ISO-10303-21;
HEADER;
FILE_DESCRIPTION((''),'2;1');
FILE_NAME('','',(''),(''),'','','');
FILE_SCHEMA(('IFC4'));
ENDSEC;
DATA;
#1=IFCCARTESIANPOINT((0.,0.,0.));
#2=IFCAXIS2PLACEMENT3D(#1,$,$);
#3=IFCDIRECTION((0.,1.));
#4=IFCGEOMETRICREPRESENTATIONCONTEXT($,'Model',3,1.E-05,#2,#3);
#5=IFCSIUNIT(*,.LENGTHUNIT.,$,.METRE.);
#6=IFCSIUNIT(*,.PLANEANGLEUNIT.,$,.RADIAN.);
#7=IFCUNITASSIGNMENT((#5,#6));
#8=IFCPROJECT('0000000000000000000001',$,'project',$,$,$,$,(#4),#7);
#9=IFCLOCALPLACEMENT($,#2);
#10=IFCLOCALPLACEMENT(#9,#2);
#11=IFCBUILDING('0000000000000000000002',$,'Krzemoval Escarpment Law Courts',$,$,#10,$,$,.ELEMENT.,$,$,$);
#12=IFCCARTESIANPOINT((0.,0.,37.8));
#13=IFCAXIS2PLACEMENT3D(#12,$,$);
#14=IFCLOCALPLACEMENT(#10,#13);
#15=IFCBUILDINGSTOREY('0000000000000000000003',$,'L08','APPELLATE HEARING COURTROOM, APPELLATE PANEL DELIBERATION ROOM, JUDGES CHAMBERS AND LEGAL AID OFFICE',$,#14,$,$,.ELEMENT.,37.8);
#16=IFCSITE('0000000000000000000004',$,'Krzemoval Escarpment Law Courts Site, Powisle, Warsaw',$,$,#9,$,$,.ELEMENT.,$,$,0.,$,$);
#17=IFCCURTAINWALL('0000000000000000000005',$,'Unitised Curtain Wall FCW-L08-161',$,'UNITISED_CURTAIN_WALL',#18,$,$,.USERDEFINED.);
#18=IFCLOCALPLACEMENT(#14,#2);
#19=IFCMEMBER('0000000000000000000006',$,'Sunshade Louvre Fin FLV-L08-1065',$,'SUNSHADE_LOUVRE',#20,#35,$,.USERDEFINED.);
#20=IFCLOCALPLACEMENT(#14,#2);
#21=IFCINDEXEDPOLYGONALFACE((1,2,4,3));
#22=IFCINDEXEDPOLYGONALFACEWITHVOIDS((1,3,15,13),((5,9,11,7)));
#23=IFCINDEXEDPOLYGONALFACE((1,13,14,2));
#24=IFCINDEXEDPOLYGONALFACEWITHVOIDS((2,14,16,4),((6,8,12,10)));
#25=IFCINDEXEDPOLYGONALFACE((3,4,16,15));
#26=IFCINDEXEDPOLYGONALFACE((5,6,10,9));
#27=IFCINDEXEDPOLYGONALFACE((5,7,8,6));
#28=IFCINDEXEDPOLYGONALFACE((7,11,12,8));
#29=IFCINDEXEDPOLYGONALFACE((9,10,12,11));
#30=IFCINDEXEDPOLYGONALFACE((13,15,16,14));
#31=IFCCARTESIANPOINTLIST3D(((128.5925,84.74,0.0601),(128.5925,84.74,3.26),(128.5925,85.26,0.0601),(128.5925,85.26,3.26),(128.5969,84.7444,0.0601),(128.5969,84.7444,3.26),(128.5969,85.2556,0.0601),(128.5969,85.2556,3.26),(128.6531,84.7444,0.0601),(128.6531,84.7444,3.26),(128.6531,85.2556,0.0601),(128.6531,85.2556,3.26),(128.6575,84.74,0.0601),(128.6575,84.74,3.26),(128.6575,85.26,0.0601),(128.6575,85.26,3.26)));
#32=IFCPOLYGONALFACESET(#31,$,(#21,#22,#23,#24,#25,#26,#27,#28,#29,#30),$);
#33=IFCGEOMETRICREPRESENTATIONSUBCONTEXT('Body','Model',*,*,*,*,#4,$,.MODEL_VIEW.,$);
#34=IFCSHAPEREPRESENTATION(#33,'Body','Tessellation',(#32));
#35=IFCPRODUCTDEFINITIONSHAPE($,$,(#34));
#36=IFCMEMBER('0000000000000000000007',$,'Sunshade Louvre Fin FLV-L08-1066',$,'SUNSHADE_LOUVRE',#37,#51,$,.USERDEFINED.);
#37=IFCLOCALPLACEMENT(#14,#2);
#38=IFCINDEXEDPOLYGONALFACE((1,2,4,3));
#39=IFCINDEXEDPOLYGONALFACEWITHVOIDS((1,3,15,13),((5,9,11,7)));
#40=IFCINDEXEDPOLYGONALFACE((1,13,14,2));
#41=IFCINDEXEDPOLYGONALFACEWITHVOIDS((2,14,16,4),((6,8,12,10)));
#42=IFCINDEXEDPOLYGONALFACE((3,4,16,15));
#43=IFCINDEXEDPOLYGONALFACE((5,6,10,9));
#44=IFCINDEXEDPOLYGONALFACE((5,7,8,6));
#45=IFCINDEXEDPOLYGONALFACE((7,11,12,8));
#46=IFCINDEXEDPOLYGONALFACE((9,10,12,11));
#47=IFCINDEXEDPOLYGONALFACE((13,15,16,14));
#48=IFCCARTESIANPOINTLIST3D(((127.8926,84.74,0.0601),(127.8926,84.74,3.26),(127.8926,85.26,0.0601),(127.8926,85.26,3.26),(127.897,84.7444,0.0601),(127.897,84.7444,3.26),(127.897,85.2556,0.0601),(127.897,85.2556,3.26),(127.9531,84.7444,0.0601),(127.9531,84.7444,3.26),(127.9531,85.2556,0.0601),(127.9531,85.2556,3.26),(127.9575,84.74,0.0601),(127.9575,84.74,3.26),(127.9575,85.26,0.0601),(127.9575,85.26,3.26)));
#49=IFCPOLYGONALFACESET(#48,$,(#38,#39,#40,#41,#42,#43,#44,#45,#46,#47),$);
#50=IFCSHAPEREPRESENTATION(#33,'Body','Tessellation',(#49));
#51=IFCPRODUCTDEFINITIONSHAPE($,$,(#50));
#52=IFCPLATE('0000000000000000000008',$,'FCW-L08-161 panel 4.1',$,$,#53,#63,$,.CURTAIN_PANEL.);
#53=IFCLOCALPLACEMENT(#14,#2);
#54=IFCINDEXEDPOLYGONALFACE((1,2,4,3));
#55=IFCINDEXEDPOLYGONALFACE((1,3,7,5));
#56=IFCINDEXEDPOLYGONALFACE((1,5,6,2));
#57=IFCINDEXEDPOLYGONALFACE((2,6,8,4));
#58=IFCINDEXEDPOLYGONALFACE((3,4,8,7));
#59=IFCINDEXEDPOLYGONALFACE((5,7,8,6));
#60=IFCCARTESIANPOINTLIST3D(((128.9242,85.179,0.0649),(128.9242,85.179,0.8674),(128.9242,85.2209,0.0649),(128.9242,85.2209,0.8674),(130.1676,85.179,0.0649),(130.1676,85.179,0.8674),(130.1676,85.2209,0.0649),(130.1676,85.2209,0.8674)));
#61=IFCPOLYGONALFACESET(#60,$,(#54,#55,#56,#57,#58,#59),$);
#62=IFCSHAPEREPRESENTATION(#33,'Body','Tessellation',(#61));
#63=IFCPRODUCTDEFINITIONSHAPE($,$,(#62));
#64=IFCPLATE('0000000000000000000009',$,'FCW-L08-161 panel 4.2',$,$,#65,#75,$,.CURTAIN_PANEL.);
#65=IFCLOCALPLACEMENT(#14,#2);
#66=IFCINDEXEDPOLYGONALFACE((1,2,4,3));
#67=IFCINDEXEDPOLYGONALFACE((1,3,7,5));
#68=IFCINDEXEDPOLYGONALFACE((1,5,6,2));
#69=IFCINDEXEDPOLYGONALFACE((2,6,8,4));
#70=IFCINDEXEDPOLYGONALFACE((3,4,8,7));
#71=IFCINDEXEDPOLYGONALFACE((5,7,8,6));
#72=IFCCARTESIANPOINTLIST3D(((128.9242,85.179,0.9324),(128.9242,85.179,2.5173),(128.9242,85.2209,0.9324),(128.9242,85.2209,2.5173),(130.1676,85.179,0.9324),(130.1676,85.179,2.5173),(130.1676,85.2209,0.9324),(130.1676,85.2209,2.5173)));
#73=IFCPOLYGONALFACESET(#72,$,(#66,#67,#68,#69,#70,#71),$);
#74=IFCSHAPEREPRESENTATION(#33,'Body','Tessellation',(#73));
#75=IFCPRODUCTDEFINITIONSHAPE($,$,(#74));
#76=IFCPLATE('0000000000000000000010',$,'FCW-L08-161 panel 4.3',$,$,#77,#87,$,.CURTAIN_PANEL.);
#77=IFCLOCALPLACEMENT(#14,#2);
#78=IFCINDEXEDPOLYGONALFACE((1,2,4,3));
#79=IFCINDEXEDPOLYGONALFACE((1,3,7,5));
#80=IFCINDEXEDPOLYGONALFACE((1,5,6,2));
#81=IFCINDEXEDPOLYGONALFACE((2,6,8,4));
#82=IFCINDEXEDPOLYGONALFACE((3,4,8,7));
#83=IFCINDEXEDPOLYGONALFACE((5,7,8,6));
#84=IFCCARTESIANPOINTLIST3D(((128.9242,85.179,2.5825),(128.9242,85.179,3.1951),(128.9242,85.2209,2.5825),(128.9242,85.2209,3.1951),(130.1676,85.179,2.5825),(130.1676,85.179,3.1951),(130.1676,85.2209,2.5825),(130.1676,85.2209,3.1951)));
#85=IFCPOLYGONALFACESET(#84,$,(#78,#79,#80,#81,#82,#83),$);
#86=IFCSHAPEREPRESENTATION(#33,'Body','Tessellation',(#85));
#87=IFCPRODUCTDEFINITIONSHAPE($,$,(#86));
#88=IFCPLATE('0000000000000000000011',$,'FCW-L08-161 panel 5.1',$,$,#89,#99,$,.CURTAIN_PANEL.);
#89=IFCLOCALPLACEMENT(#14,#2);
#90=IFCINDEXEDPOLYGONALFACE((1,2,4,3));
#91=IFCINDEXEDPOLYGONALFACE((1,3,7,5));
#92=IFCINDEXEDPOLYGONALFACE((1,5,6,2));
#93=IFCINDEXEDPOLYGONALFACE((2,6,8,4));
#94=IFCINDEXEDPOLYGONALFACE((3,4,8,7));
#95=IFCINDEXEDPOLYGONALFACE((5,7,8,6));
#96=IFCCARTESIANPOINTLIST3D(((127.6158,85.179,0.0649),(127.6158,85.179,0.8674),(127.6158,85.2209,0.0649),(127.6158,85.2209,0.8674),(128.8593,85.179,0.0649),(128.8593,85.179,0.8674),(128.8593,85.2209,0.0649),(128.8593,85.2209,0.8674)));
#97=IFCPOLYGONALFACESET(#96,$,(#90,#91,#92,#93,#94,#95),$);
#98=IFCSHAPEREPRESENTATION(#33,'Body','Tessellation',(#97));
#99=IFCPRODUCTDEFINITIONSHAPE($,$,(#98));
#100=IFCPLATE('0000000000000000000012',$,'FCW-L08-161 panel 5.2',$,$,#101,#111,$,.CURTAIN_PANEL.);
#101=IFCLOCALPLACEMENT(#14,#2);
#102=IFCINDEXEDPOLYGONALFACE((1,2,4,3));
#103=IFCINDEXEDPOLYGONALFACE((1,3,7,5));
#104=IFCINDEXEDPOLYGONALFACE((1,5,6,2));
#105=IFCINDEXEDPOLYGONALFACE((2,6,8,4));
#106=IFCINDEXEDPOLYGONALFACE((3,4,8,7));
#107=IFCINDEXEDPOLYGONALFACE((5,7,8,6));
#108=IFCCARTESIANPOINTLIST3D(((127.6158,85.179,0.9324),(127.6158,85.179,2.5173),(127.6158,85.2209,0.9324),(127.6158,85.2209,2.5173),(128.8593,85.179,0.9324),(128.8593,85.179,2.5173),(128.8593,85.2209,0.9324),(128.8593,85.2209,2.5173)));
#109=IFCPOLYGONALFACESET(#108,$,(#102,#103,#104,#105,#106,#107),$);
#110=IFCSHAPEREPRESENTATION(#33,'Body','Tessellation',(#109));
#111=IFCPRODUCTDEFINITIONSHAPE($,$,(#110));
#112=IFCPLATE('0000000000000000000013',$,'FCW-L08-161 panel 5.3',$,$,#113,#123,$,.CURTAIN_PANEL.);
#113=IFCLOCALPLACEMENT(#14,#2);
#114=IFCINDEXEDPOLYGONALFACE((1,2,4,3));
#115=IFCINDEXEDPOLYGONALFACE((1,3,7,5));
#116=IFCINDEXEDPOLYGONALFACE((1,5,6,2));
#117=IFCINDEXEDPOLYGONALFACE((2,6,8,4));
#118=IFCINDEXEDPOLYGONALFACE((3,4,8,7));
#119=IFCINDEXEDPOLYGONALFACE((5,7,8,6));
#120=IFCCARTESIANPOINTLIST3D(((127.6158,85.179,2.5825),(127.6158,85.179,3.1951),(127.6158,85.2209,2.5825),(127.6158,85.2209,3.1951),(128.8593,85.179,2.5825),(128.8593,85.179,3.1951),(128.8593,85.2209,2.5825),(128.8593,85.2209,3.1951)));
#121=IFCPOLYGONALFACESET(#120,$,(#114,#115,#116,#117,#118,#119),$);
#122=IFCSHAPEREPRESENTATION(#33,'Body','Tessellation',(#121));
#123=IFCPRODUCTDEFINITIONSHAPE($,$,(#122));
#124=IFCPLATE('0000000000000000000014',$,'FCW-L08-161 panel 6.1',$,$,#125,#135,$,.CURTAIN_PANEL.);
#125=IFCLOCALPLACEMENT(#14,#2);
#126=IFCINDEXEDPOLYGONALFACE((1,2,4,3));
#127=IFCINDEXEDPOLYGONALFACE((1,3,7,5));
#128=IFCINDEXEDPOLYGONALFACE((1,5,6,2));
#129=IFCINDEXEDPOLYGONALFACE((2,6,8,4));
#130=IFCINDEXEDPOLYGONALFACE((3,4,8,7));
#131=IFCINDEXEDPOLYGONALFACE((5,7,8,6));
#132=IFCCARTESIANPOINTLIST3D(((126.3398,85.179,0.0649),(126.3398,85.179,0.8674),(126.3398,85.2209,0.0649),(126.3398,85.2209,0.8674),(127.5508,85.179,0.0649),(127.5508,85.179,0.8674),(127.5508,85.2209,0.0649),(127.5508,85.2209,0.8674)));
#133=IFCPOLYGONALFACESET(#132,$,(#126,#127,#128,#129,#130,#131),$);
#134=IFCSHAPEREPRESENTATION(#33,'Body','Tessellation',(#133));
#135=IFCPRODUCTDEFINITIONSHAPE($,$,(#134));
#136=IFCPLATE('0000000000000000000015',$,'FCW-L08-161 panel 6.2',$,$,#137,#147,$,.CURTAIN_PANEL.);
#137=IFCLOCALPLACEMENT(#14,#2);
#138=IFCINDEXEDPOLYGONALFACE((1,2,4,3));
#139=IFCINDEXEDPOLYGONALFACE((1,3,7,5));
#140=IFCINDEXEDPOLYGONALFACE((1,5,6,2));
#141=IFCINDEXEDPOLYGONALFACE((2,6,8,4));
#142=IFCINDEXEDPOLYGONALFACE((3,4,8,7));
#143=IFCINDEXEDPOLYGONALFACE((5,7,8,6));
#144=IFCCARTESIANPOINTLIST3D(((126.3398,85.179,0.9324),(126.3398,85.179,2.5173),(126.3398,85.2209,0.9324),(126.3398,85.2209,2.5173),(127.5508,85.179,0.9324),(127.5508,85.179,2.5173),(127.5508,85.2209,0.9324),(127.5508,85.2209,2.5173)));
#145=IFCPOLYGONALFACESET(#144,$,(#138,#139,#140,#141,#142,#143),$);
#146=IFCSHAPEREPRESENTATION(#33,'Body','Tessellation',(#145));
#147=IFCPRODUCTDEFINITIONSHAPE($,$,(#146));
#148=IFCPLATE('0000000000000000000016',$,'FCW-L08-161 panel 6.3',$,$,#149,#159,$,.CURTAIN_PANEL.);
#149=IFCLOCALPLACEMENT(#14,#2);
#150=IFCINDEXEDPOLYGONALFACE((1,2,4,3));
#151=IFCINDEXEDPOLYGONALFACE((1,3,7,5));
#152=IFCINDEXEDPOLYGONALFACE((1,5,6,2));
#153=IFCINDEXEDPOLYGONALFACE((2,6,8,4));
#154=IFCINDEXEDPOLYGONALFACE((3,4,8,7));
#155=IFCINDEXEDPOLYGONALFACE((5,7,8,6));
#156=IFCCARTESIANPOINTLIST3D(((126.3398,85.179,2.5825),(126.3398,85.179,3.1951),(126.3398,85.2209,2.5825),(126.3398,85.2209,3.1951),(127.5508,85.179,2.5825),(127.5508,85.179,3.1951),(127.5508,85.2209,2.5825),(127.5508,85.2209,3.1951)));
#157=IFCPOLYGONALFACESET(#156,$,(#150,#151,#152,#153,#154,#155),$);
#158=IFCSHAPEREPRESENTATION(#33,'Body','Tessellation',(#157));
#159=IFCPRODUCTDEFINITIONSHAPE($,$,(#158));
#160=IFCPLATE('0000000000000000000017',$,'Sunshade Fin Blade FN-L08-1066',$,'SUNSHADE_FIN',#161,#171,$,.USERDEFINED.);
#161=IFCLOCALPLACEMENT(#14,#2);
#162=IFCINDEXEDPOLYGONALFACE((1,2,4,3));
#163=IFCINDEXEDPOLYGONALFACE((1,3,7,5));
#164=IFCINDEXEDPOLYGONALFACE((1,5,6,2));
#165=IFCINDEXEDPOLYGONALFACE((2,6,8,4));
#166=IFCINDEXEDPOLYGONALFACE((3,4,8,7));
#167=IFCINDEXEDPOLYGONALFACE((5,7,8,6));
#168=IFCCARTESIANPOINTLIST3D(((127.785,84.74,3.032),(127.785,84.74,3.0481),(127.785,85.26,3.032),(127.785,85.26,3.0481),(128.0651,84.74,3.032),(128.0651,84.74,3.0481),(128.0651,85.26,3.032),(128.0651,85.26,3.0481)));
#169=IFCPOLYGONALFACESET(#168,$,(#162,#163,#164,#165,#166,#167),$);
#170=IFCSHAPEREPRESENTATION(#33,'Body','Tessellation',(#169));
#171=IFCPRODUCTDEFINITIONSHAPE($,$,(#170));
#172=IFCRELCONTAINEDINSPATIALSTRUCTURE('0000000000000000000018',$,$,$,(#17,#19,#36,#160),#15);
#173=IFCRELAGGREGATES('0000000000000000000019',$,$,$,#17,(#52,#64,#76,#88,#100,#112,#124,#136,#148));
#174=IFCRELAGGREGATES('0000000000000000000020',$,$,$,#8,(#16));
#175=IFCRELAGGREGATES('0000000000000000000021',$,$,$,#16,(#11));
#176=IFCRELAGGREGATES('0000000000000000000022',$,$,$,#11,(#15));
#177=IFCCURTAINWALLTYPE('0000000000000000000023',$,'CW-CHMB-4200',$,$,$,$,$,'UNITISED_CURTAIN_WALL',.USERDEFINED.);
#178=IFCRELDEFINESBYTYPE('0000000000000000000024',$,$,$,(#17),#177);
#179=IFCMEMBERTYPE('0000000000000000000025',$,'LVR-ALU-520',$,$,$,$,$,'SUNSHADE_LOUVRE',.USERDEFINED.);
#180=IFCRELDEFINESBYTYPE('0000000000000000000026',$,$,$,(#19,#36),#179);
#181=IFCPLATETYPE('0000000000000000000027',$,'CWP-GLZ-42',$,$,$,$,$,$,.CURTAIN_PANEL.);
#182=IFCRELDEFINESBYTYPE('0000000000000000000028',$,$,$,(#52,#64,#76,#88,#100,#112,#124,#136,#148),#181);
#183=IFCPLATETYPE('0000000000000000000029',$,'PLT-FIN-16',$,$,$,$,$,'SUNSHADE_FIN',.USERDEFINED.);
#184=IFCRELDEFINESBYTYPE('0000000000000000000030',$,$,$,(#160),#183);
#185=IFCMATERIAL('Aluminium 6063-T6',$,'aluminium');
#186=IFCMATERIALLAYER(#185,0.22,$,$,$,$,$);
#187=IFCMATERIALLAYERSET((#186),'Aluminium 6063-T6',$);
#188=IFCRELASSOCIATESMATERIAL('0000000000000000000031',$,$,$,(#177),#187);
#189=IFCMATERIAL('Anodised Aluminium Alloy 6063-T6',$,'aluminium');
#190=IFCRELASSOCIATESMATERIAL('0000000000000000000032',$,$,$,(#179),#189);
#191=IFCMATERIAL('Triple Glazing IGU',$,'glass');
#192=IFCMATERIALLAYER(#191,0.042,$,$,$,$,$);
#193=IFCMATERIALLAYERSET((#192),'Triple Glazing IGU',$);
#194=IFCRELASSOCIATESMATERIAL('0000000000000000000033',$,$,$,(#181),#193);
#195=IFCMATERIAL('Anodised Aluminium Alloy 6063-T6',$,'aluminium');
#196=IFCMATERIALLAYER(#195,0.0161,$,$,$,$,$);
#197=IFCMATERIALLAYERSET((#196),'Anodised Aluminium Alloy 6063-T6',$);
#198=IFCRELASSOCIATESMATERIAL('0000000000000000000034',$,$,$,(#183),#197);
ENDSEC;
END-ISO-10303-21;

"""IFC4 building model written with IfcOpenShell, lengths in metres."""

from ifc_helpers import new_model, si_unit, direction, frame, origin, origin_2d, place, context, subcontext, project, spatial, rectangle, hollow_rectangle, extrude, material, layer, layer_set, material_profile, profile_set, type_object, element, aggregate, save


model = new_model("IFC4")

# Units and contexts
model_context = context("Model", 3, precision=1e-05, world=origin(), true_north=direction((0.0, 1.0)))
body_context = subcontext(model_context, "Body", "Model", "MODEL_VIEW")
ifc_project = project(units=[si_unit("LENGTHUNIT", "METRE"), si_unit("PLANEANGLEUNIT", "RADIAN")], contexts=[model_context])

# Site, building, storey
site_placement = place(None, origin())
site = spatial("IfcSite", under=ifc_project, at=site_placement, Name="Krzemoval Escarpment Law Courts Site, Powisle, Warsaw", CompositionType="ELEMENT", RefElevation=0.0)
building_placement = place(site_placement, origin())
building = spatial("IfcBuilding", under=site, at=building_placement, Name="Krzemoval Escarpment Law Courts", CompositionType="ELEMENT")
storey_placement = place(building_placement, frame((0.0, 0.0, 37.8)))
storey = spatial("IfcBuildingStorey", under=building, at=storey_placement, Name="L08", Description="APPELLATE HEARING COURTROOM, APPELLATE PANEL DELIBERATION ROOM, JUDGES CHAMBERS AND LEGAL AID OFFICE", CompositionType="ELEMENT", Elevation=37.8)

# Curtain wall
ifc_material_1 = material(Name="Aluminium 6063-T6", Category="aluminium")
ifc_layer_1 = layer(ifc_material_1, 0.22)
ifc_layer_set_1 = layer_set([ifc_layer_1], Name="Aluminium 6063-T6")
curtain_wall_type = type_object("IfcCurtainWallType", Name="CW-CHMB-4200", ElementType="UNITISED_CURTAIN_WALL", PredefinedType="USERDEFINED", material=ifc_layer_set_1)
curtain_wall_placement = place(storey_placement, origin())
curtain_wall = element("IfcCurtainWall", 1, at=curtain_wall_placement, inside=storey, type_object=curtain_wall_type, Name="Unitised Curtain Wall FCW-L08-161", ObjectType="UNITISED_CURTAIN_WALL", PredefinedType="USERDEFINED")

# Members
ifc_material_2 = material(Name="Anodised Aluminium Alloy 6063-T6", Category="aluminium")
ifc_material_profile_1 = material_profile(ifc_material_2, hollow_rectangle(XDim=0.0649, YDim=0.52, WallThickness=0.0044, at=origin_2d()), Name="ALU LVR 65x520")
ifc_profile_set_1 = profile_set([ifc_material_profile_1], Name="Anodised Aluminium Alloy 6063-T6")
member_type_1 = type_object("IfcMemberType", Name="LVR-ALU-520", ElementType="SUNSHADE_LOUVRE", PredefinedType="USERDEFINED", material=ifc_profile_set_1)
for number, where, z_axis, x_axis, name in (
    (2, (128.625, 85.0, 0.0601), (0.0, 0.0, 1.0), (1.0, 0.0, 0.0), "Sunshade Louvre Fin FLV-L08-1065"),
    (3, (127.925, 85.0, 0.0601), (0.0, 0.0, 1.0), (1.0, 0.0, 0.0), "Sunshade Louvre Fin FLV-L08-1066"),
):
    element("IfcMember", number, at=place(storey_placement, frame(where, z_axis=z_axis, x_axis=x_axis)), inside=storey, type_object=member_type_1, Name=name, ObjectType="SUNSHADE_LOUVRE", PredefinedType="USERDEFINED", context=body_context, shape_type="SweptSolid", body=[
        extrude(hollow_rectangle(XDim=0.0649, YDim=0.52, WallThickness=0.0044, at=origin_2d()), origin(), (0.0, 0.0, 1.0), 3.2),
    ])

# Plates
ifc_material_3 = material(Name="Triple Glazing IGU", Category="glass")
ifc_layer_2 = layer(ifc_material_3, 0.042)
ifc_layer_set_2 = layer_set([ifc_layer_2], Name="Triple Glazing IGU")
plate_type_1 = type_object("IfcPlateType", Name="CWP-GLZ-42", PredefinedType="CURTAIN_PANEL", material=ifc_layer_set_2)
plate_1_placement = place(storey_placement, frame((129.5459, 85.2, 0.0649), z_axis=(0.0, 0.0, 1.0), x_axis=(-1.0, 0.0, 0.0)))
plate_1 = element("IfcPlate", 4, at=plate_1_placement, type_object=plate_type_1, Name="FCW-L08-161 panel 4.1", PredefinedType="CURTAIN_PANEL", context=body_context, shape_type="SweptSolid", body=[
    extrude(rectangle(XDim=1.2434, YDim=0.042, at=origin_2d()), origin(), (0.0, 0.0, 1.0), 0.8025),
])
plate_2_placement = place(storey_placement, frame((129.5459, 85.2, 0.9324), z_axis=(0.0, 0.0, 1.0), x_axis=(-1.0, 0.0, 0.0)))
plate_2 = element("IfcPlate", 5, at=plate_2_placement, type_object=plate_type_1, Name="FCW-L08-161 panel 4.2", PredefinedType="CURTAIN_PANEL", context=body_context, shape_type="SweptSolid", body=[
    extrude(rectangle(XDim=1.2434, YDim=0.042, at=origin_2d()), origin(), (0.0, 0.0, 1.0), 1.585),
])
plate_3_placement = place(storey_placement, frame((129.5459, 85.2, 2.5825), z_axis=(0.0, 0.0, 1.0), x_axis=(-1.0, 0.0, 0.0)))
plate_3 = element("IfcPlate", 6, at=plate_3_placement, type_object=plate_type_1, Name="FCW-L08-161 panel 4.3", PredefinedType="CURTAIN_PANEL", context=body_context, shape_type="SweptSolid", body=[
    extrude(rectangle(XDim=1.2434, YDim=0.042, at=origin_2d()), origin(), (0.0, 0.0, 1.0), 0.6125),
])
plate_4_placement = place(storey_placement, frame((128.2375, 85.2, 0.0649), z_axis=(0.0, 0.0, 1.0), x_axis=(-1.0, 0.0, 0.0)))
plate_4 = element("IfcPlate", 7, at=plate_4_placement, type_object=plate_type_1, Name="FCW-L08-161 panel 5.1", PredefinedType="CURTAIN_PANEL", context=body_context, shape_type="SweptSolid", body=[
    extrude(rectangle(XDim=1.2434, YDim=0.042, at=origin_2d()), origin(), (0.0, 0.0, 1.0), 0.8025),
])
plate_5_placement = place(storey_placement, frame((128.2375, 85.2, 0.9324), z_axis=(0.0, 0.0, 1.0), x_axis=(-1.0, 0.0, 0.0)))
plate_5 = element("IfcPlate", 8, at=plate_5_placement, type_object=plate_type_1, Name="FCW-L08-161 panel 5.2", PredefinedType="CURTAIN_PANEL", context=body_context, shape_type="SweptSolid", body=[
    extrude(rectangle(XDim=1.2434, YDim=0.042, at=origin_2d()), origin(), (0.0, 0.0, 1.0), 1.585),
])
plate_6_placement = place(storey_placement, frame((128.2375, 85.2, 2.5825), z_axis=(0.0, 0.0, 1.0), x_axis=(-1.0, 0.0, 0.0)))
plate_6 = element("IfcPlate", 9, at=plate_6_placement, type_object=plate_type_1, Name="FCW-L08-161 panel 5.3", PredefinedType="CURTAIN_PANEL", context=body_context, shape_type="SweptSolid", body=[
    extrude(rectangle(XDim=1.2434, YDim=0.042, at=origin_2d()), origin(), (0.0, 0.0, 1.0), 0.6125),
])
plate_7_placement = place(storey_placement, frame((126.9453, 85.2, 0.0649), z_axis=(0.0, 0.0, 1.0), x_axis=(-1.0, 0.0, 0.0)))
plate_7 = element("IfcPlate", 10, at=plate_7_placement, type_object=plate_type_1, Name="FCW-L08-161 panel 6.1", PredefinedType="CURTAIN_PANEL", context=body_context, shape_type="SweptSolid", body=[
    extrude(rectangle(XDim=1.2109, YDim=0.042, at=origin_2d()), origin(), (0.0, 0.0, 1.0), 0.8025),
])
plate_8_placement = place(storey_placement, frame((126.9453, 85.2, 0.9324), z_axis=(0.0, 0.0, 1.0), x_axis=(-1.0, 0.0, 0.0)))
plate_8 = element("IfcPlate", 11, at=plate_8_placement, type_object=plate_type_1, Name="FCW-L08-161 panel 6.2", PredefinedType="CURTAIN_PANEL", context=body_context, shape_type="SweptSolid", body=[
    extrude(rectangle(XDim=1.2109, YDim=0.042, at=origin_2d()), origin(), (0.0, 0.0, 1.0), 1.585),
])
plate_9_placement = place(storey_placement, frame((126.9453, 85.2, 2.5825), z_axis=(0.0, 0.0, 1.0), x_axis=(-1.0, 0.0, 0.0)))
plate_9 = element("IfcPlate", 12, at=plate_9_placement, type_object=plate_type_1, Name="FCW-L08-161 panel 6.3", PredefinedType="CURTAIN_PANEL", context=body_context, shape_type="SweptSolid", body=[
    extrude(rectangle(XDim=1.2109, YDim=0.042, at=origin_2d()), origin(), (0.0, 0.0, 1.0), 0.6125),
])
aggregate(curtain_wall, [plate_1, plate_2, plate_3, plate_4, plate_5, plate_6, plate_7, plate_8, plate_9])
ifc_material_4 = material(Name="Anodised Aluminium Alloy 6063-T6", Category="aluminium")
ifc_layer_3 = layer(ifc_material_4, 0.0161)
ifc_layer_set_3 = layer_set([ifc_layer_3], Name="Anodised Aluminium Alloy 6063-T6")
plate_type_2 = type_object("IfcPlateType", Name="PLT-FIN-16", ElementType="SUNSHADE_FIN", PredefinedType="USERDEFINED", material=ifc_layer_set_3)
plate_10_placement = place(storey_placement, frame((127.925, 85.0, 3.032), z_axis=(0.0, 0.0, 1.0), x_axis=(0.0, -1.0, 0.0)))
element("IfcPlate", 13, at=plate_10_placement, inside=storey, type_object=plate_type_2, Name="Sunshade Fin Blade FN-L08-1066", ObjectType="SUNSHADE_FIN", PredefinedType="USERDEFINED", context=body_context, shape_type="SweptSolid", body=[
    extrude(rectangle(XDim=0.52, YDim=0.28, at=origin_2d()), origin(), (0.0, 0.0, 1.0), 0.0161),
])

save(model, "model.ifc")
